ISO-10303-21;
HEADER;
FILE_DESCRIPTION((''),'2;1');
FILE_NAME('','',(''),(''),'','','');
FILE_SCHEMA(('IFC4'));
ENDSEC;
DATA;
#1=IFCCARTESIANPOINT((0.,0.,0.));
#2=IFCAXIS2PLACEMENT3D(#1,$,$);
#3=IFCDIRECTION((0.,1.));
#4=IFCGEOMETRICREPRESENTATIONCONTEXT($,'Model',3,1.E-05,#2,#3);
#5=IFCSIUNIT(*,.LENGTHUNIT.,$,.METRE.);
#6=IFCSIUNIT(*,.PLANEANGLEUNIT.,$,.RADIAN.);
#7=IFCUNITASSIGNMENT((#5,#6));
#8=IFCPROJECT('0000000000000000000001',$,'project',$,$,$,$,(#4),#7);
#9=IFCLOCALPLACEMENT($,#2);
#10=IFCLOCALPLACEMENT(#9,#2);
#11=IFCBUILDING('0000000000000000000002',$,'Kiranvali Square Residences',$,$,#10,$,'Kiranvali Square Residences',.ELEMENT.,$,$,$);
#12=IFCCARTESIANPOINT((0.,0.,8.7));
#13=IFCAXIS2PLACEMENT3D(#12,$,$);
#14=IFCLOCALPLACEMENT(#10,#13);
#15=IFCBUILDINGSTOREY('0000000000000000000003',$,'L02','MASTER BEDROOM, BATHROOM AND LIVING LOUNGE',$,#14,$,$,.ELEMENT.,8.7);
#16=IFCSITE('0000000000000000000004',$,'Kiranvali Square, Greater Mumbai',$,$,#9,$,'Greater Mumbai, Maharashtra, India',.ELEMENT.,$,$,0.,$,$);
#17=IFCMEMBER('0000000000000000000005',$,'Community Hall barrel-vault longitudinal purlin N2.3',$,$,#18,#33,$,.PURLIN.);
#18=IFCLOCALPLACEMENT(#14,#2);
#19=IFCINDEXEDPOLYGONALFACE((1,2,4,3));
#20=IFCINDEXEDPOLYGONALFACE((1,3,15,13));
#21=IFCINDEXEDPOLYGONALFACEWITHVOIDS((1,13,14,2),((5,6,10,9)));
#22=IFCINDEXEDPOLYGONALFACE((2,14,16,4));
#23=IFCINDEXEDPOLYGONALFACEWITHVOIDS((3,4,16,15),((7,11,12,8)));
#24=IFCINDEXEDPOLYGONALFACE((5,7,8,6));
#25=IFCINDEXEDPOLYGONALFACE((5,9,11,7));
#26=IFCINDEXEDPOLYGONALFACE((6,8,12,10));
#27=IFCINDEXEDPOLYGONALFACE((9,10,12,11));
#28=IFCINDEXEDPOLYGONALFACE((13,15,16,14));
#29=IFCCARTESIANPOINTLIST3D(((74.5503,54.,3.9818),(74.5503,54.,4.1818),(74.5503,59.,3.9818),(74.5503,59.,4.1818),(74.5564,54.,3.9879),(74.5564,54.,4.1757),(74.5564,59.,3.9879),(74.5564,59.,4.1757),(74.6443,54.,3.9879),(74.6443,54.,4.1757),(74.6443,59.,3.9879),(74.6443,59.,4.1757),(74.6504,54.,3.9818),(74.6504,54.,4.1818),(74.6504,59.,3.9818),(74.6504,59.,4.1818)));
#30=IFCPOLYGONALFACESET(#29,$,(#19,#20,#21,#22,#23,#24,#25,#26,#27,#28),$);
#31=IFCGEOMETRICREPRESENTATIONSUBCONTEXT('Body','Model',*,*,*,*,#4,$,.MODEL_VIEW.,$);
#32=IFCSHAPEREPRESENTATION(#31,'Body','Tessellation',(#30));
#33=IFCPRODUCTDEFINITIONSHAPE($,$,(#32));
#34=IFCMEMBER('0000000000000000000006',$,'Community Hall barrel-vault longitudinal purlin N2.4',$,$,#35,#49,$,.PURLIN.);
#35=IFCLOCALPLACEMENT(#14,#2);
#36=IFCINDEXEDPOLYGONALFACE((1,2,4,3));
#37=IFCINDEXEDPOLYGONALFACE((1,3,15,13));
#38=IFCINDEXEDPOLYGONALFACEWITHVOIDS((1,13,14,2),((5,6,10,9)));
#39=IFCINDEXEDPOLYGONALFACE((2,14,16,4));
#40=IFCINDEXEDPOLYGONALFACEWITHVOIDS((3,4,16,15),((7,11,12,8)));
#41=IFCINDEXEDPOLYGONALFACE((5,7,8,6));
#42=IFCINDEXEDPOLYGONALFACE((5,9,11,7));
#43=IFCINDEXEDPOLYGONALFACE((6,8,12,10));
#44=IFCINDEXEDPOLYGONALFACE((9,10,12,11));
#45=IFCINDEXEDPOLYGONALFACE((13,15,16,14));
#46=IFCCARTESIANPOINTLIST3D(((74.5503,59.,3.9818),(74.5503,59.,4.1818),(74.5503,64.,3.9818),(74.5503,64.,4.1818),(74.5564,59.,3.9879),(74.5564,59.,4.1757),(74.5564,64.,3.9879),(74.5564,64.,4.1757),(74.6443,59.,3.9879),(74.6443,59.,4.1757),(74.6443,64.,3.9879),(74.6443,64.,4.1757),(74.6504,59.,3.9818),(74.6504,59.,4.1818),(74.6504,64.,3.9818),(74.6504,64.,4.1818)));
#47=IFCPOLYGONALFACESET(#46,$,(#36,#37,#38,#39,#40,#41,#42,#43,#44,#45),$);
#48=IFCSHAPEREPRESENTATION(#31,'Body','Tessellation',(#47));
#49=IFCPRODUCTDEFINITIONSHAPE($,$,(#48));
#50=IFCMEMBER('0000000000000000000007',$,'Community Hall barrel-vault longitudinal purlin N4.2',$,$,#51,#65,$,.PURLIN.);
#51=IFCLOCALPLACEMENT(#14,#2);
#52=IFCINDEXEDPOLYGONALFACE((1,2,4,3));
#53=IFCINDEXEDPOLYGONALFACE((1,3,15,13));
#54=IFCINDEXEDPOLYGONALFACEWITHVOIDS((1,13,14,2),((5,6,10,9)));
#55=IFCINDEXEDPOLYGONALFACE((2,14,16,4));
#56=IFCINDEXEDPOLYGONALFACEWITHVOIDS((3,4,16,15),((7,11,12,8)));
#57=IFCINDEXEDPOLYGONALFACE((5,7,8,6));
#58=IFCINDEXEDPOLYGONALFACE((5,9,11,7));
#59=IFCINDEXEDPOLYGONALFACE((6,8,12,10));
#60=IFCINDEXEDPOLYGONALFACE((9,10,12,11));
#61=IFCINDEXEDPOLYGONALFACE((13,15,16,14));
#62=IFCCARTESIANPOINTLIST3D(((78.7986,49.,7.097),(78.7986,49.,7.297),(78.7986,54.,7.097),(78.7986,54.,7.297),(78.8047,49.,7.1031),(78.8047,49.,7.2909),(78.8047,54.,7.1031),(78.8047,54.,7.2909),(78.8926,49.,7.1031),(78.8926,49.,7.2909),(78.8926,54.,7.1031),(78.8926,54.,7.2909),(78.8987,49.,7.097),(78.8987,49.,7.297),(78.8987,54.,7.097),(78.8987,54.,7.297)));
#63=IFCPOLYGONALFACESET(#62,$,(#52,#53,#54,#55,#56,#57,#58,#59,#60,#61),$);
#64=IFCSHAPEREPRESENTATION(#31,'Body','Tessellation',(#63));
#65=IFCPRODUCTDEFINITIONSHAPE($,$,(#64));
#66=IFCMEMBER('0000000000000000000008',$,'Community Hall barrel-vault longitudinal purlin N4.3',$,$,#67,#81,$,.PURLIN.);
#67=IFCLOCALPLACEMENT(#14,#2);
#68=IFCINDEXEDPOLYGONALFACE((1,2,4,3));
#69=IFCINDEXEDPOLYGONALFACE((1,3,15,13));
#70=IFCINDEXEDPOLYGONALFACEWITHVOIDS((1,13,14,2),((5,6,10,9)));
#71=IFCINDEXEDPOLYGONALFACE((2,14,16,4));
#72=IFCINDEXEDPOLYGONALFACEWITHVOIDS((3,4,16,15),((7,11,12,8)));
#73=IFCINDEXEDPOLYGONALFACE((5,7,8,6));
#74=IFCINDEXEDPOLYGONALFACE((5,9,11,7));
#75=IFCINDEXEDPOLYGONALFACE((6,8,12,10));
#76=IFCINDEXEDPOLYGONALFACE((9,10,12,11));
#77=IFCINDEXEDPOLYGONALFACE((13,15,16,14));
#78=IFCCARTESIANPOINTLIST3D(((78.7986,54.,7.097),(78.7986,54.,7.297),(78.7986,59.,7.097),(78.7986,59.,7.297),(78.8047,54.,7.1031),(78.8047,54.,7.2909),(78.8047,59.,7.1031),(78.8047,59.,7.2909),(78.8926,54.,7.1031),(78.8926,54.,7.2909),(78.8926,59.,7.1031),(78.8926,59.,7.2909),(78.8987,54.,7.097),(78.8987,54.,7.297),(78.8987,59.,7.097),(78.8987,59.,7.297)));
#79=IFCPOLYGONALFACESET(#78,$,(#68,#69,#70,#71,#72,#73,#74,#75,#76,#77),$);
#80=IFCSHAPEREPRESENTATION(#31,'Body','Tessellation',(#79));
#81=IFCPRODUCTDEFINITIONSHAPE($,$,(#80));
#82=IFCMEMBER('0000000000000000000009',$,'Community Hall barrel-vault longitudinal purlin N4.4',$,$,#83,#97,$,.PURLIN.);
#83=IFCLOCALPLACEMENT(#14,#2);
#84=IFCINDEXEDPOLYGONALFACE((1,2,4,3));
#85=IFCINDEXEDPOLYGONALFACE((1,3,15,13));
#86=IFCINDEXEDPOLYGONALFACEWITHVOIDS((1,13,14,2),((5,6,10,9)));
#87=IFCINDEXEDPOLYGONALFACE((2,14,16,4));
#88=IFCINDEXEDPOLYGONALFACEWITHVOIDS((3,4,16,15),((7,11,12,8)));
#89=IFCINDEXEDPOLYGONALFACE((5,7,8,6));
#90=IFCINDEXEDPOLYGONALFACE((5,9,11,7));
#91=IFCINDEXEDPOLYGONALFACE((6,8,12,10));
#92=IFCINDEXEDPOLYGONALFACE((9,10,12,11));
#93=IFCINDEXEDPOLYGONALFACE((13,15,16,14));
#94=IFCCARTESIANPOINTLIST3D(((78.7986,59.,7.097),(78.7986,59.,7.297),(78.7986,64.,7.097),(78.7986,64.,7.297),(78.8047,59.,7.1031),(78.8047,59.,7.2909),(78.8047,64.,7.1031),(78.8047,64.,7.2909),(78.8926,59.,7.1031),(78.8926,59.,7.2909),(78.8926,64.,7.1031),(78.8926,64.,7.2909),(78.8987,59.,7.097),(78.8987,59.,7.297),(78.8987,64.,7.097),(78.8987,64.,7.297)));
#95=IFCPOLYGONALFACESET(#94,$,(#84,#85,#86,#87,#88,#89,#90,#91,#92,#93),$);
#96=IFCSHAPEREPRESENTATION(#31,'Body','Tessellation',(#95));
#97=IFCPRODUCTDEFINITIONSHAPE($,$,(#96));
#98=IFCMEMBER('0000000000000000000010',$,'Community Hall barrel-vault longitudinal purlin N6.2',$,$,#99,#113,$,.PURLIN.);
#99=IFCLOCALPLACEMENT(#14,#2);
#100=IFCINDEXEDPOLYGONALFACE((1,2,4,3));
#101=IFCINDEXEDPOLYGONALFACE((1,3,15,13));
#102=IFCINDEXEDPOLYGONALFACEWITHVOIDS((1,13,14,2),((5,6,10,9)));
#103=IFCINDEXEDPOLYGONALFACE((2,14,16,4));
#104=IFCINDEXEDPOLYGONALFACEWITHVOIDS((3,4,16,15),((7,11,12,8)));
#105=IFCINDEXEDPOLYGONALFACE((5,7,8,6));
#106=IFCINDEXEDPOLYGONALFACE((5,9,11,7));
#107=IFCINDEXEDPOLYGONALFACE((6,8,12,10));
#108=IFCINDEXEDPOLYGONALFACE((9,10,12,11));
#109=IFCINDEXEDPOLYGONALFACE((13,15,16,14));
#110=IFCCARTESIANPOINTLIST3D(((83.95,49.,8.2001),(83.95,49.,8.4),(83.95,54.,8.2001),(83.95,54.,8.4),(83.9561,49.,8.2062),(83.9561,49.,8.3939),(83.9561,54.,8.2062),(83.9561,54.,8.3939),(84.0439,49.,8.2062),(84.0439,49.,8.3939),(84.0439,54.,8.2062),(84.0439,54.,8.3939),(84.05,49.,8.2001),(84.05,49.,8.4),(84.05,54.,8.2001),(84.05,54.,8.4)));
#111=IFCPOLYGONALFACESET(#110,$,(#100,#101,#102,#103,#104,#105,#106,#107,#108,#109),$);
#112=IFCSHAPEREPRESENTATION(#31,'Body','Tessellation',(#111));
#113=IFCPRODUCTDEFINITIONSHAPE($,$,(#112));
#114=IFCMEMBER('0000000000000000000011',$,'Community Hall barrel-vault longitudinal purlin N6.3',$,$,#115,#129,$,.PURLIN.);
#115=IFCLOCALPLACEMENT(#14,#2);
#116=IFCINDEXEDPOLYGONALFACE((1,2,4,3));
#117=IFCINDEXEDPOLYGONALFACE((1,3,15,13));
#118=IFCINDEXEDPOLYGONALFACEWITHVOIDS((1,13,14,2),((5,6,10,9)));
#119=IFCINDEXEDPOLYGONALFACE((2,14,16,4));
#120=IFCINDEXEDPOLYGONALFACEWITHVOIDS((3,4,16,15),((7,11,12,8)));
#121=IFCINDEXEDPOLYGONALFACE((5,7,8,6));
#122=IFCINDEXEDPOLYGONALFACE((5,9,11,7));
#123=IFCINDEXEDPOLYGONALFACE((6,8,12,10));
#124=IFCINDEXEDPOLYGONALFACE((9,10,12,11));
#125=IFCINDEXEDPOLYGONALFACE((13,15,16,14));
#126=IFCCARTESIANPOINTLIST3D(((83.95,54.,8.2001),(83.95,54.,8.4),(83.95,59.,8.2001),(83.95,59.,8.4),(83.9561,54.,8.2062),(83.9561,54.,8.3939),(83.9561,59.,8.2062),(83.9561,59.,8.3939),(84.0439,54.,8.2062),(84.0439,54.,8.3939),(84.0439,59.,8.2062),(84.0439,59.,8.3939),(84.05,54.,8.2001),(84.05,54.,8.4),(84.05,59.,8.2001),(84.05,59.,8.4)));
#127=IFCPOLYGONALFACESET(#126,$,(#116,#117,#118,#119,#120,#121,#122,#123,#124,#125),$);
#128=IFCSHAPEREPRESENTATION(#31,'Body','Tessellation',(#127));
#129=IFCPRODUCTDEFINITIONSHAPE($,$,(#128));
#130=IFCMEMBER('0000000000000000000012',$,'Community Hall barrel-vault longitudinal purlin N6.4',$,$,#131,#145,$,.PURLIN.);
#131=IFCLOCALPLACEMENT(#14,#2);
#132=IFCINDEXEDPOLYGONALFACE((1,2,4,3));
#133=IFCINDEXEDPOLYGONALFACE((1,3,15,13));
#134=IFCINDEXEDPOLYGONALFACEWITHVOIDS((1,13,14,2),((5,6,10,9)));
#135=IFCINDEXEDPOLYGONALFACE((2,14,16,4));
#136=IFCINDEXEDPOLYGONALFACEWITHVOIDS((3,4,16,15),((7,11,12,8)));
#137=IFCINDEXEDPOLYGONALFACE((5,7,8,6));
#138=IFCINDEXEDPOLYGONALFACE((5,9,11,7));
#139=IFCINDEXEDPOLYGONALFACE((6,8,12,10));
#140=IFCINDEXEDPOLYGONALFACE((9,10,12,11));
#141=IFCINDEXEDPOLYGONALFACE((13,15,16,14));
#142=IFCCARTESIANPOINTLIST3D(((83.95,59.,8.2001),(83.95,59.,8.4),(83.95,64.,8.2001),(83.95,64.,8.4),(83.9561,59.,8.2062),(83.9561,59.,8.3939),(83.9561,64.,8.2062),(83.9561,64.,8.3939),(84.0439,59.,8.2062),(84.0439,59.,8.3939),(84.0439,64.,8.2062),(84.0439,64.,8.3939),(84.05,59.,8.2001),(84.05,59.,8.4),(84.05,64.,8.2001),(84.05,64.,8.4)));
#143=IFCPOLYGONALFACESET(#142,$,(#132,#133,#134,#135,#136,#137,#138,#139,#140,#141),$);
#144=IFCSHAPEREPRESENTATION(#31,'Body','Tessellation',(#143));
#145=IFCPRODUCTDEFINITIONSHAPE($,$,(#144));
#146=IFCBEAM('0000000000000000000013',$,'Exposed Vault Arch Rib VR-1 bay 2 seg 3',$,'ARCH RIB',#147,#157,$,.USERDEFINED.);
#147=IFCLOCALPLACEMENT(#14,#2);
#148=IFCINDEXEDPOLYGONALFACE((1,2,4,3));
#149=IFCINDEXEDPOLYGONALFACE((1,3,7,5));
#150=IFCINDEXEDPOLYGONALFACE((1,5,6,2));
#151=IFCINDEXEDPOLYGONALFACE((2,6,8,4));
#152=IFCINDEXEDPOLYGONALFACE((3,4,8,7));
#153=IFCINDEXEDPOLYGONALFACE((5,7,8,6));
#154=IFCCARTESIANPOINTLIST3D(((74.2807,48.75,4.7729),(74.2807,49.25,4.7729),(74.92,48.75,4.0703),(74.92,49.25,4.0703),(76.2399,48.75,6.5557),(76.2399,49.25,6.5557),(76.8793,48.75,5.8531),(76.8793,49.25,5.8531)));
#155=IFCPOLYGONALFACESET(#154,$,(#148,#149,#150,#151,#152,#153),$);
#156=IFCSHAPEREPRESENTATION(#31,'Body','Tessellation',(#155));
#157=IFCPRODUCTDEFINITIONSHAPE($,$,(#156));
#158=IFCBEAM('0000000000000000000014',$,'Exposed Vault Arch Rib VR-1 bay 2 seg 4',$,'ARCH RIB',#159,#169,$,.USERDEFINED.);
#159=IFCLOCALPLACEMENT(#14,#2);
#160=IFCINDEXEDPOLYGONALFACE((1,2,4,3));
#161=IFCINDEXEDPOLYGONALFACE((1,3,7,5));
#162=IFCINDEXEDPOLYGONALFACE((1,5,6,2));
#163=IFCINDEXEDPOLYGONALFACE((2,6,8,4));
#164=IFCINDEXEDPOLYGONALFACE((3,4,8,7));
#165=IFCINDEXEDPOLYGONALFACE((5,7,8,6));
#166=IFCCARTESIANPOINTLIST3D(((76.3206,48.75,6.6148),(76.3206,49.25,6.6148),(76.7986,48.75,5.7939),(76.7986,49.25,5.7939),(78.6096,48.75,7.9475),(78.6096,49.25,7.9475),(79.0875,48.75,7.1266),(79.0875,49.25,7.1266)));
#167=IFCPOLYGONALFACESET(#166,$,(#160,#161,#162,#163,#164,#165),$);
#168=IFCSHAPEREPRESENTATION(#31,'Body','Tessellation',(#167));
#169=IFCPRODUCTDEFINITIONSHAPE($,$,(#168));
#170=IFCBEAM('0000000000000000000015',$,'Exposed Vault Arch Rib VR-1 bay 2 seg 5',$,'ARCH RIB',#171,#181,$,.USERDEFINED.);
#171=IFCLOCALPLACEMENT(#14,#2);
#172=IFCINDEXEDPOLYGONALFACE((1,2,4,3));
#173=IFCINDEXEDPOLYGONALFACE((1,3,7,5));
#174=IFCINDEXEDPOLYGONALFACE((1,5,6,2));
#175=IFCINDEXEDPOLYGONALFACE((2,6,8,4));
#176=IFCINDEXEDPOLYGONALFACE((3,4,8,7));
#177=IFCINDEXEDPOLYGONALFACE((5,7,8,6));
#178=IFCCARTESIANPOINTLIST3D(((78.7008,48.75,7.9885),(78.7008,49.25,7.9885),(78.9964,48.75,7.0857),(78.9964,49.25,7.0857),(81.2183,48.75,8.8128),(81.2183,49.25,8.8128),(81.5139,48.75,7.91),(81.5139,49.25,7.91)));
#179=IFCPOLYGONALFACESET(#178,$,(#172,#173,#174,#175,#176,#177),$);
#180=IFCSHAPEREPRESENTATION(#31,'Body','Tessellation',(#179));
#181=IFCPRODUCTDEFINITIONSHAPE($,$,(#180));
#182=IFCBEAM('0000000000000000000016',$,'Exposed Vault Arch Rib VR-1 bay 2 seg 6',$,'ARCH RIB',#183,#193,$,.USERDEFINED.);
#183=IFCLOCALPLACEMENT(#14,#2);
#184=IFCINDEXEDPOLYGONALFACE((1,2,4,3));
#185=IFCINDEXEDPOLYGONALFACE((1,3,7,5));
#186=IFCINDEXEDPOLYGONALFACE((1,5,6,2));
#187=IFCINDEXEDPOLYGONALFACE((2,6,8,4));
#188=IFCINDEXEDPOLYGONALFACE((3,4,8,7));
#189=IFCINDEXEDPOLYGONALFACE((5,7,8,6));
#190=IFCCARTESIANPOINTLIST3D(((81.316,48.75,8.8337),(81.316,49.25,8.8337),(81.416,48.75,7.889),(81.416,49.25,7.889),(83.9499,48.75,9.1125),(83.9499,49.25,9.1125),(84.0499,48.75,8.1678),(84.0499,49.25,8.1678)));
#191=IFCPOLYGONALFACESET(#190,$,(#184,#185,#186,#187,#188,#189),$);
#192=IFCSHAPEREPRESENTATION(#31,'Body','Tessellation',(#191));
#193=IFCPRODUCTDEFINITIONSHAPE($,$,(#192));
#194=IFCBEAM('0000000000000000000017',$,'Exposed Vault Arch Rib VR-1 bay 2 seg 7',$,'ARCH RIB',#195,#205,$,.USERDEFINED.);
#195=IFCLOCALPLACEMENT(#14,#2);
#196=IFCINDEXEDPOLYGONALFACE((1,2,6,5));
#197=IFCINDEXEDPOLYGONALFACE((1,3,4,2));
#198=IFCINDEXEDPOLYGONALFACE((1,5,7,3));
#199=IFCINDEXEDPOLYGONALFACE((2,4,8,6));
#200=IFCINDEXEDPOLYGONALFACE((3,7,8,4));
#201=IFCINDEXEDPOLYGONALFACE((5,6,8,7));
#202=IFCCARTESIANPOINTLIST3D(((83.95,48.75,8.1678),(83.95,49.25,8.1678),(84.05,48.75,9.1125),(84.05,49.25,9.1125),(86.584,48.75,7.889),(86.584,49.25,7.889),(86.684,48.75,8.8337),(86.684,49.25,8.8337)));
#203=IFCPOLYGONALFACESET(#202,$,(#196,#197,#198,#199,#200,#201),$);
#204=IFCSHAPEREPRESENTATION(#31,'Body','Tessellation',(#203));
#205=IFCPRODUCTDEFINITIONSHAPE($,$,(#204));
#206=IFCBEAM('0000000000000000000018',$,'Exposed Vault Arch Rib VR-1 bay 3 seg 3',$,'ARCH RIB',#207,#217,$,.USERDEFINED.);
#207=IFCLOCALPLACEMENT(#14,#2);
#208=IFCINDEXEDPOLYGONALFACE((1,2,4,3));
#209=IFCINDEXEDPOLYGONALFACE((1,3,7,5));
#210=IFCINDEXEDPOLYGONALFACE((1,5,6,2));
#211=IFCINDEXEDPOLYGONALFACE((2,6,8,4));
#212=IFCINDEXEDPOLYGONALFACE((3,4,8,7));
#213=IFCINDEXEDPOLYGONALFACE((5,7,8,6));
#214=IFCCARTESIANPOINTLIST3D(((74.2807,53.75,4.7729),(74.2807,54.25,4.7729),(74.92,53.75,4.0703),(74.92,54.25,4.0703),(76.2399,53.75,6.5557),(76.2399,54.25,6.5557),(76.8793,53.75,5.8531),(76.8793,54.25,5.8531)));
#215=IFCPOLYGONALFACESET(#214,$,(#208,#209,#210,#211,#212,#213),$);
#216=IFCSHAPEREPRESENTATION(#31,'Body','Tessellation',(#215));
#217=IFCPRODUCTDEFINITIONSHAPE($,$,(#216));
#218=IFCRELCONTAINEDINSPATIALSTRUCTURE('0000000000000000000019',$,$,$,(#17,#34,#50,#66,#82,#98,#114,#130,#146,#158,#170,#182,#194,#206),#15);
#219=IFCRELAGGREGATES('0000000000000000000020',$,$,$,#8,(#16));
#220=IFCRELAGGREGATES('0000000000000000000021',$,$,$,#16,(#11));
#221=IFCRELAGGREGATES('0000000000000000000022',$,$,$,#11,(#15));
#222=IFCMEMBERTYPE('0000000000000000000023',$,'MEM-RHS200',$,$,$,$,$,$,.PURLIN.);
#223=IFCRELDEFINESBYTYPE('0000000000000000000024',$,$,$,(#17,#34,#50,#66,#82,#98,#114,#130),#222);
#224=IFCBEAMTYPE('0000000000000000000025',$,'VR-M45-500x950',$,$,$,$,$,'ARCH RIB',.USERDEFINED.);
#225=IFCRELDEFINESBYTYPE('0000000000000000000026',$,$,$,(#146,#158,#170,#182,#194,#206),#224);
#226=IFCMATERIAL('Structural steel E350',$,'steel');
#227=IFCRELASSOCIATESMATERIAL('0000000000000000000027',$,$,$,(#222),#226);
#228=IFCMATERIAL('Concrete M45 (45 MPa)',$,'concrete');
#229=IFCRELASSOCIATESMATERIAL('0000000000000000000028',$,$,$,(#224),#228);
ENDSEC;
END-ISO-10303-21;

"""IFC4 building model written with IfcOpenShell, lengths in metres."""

from ifc_helpers import new_model, si_unit, direction, frame, origin, origin_2d, place, context, subcontext, project, spatial, rectangle, hollow_rectangle, extrude, material, material_profile, profile_set, type_object, element, save


model = new_model("IFC4")

# Units and contexts
model_context = context("Model", 3, precision=1e-05, world=origin(), true_north=direction((0.0, 1.0)))
body_context = subcontext(model_context, "Body", "Model", "MODEL_VIEW")
ifc_project = project(units=[si_unit("LENGTHUNIT", "METRE"), si_unit("PLANEANGLEUNIT", "RADIAN")], contexts=[model_context])

# Site, building, storey
site_placement = place(None, origin())
site = spatial("IfcSite", under=ifc_project, at=site_placement, Name="Kiranvali Square, Greater Mumbai", LongName="Greater Mumbai, Maharashtra, India", CompositionType="ELEMENT", RefElevation=0.0)
building_placement = place(site_placement, origin())
building = spatial("IfcBuilding", under=site, at=building_placement, Name="Kiranvali Square Residences", LongName="Kiranvali Square Residences", CompositionType="ELEMENT")
storey_placement = place(building_placement, frame((0.0, 0.0, 8.7)))
storey = spatial("IfcBuildingStorey", under=building, at=storey_placement, Name="L02", Description="MASTER BEDROOM, BATHROOM AND LIVING LOUNGE", CompositionType="ELEMENT", Elevation=8.7)

# Members
ifc_material_1 = material(Name="Structural steel E350", Category="steel")
ifc_material_profile_1 = material_profile(ifc_material_1, hollow_rectangle(XDim=0.1001, YDim=0.2, WallThickness=0.0061, at=origin_2d()), Name="RHS 200x100x6.0")
ifc_profile_set_1 = profile_set([ifc_material_profile_1], Name="Structural steel E350")
member_type = type_object("IfcMemberType", Name="MEM-RHS200", PredefinedType="PURLIN", material=ifc_profile_set_1)
for number, where, z_axis, x_axis, name in (
    (1, (74.6003, 54.0, 4.0818), (0.0, 1.0, 0.0), (-1.0, 0.0, 0.0), "Community Hall barrel-vault longitudinal purlin N2.3"),
    (2, (74.6003, 59.0, 4.0818), (0.0, 1.0, 0.0), (-1.0, 0.0, 0.0), "Community Hall barrel-vault longitudinal purlin N2.4"),
    (3, (78.8486, 49.0, 7.197), (0.0, 1.0, 0.0), (-1.0, 0.0, 0.0), "Community Hall barrel-vault longitudinal purlin N4.2"),
    (4, (78.8486, 54.0, 7.197), (0.0, 1.0, 0.0), (-1.0, 0.0, 0.0), "Community Hall barrel-vault longitudinal purlin N4.3"),
    (5, (78.8486, 59.0, 7.197), (0.0, 1.0, 0.0), (-1.0, 0.0, 0.0), "Community Hall barrel-vault longitudinal purlin N4.4"),
    (6, (84.0, 49.0, 8.3), (0.0, 1.0, 0.0), (-1.0, 0.0, 0.0), "Community Hall barrel-vault longitudinal purlin N6.2"),
    (7, (84.0, 54.0, 8.3), (0.0, 1.0, 0.0), (-1.0, 0.0, 0.0), "Community Hall barrel-vault longitudinal purlin N6.3"),
    (8, (84.0, 59.0, 8.3), (0.0, 1.0, 0.0), (-1.0, 0.0, 0.0), "Community Hall barrel-vault longitudinal purlin N6.4"),
):
    element("IfcMember", number, at=place(storey_placement, frame(where, z_axis=z_axis, x_axis=x_axis)), inside=storey, type_object=member_type, Name=name, PredefinedType="PURLIN", context=body_context, shape_type="SweptSolid", body=[
        extrude(hollow_rectangle(XDim=0.1001, YDim=0.2, WallThickness=0.0061, at=origin_2d()), origin(), (0.0, 0.0, 1.0), 5.0),
    ])

# Beams
ifc_material_2 = material(Name="Concrete M45 (45 MPa)", Category="concrete")
ifc_material_profile_2 = material_profile(ifc_material_2, rectangle(XDim=0.5, YDim=0.95, at=origin_2d()), Name="RC 500x950")
ifc_profile_set_2 = profile_set([ifc_material_profile_2], Name="Concrete M45 (45 MPa)")
beam_type = type_object("IfcBeamType", Name="VR-M45-500x950", ElementType="ARCH RIB", PredefinedType="USERDEFINED", material=ifc_profile_set_2)
beam_1_placement = place(storey_placement, frame((74.6003, 49.0, 4.4216), z_axis=(0.73964, 0.0, 0.673003), x_axis=(0.0, 1.0, 0.0)))
element("IfcBeam", 9, at=beam_1_placement, inside=storey, type_object=beam_type, Name="Exposed Vault Arch Rib VR-1 bay 2 seg 3", ObjectType="ARCH RIB", PredefinedType="USERDEFINED", context=body_context, shape_type="SweptSolid", body=[
    extrude(rectangle(XDim=0.5, YDim=0.95, at=origin_2d()), origin(), (0.0, 0.0, 1.0), 2.6489),
])
beam_2_placement = place(storey_placement, frame((76.5596, 49.0, 6.2043), z_axis=(0.864193, 0.0, 0.50316), x_axis=(0.0, 1.0, 0.0)))
element("IfcBeam", 10, at=beam_2_placement, inside=storey, type_object=beam_type, Name="Exposed Vault Arch Rib VR-1 bay 2 seg 4", ObjectType="ARCH RIB", PredefinedType="USERDEFINED", context=body_context, shape_type="SweptSolid", body=[
    extrude(rectangle(XDim=0.5, YDim=0.95, at=origin_2d()), origin(), (0.0, 0.0, 1.0), 2.6487),
])
beam_3_placement = place(storey_placement, frame((78.8486, 49.0, 7.5371), z_axis=(0.950356, 0.0, 0.311163), x_axis=(0.0, 1.0, 0.0)))
element("IfcBeam", 11, at=beam_3_placement, inside=storey, type_object=beam_type, Name="Exposed Vault Arch Rib VR-1 bay 2 seg 5", ObjectType="ARCH RIB", PredefinedType="USERDEFINED", context=body_context, shape_type="SweptSolid", body=[
    extrude(rectangle(XDim=0.5, YDim=0.95, at=origin_2d()), origin(), (0.0, 0.0, 1.0), 2.6489),
])
for number, where, z_axis, x_axis, name in (
    (12, (81.366, 49.0, 8.3613), (0.994445, 0.0, 0.105261), (0.0, 1.0, 0.0), "Exposed Vault Arch Rib VR-1 bay 2 seg 6"),
    (13, (84.0, 49.0, 8.6401), (0.994445, 0.0, -0.105261), (0.0, 1.0, 0.0), "Exposed Vault Arch Rib VR-1 bay 2 seg 7"),
):
    element("IfcBeam", number, at=place(storey_placement, frame(where, z_axis=z_axis, x_axis=x_axis)), inside=storey, type_object=beam_type, Name=name, ObjectType="ARCH RIB", PredefinedType="USERDEFINED", context=body_context, shape_type="SweptSolid", body=[
        extrude(rectangle(XDim=0.5, YDim=0.95, at=origin_2d()), origin(), (0.0, 0.0, 1.0), 2.6487),
    ])
beam_4_placement = place(storey_placement, frame((74.6003, 54.0, 4.4216), z_axis=(0.73964, 0.0, 0.673003), x_axis=(0.0, 1.0, 0.0)))
element("IfcBeam", 14, at=beam_4_placement, inside=storey, type_object=beam_type, Name="Exposed Vault Arch Rib VR-1 bay 3 seg 3", ObjectType="ARCH RIB", PredefinedType="USERDEFINED", context=body_context, shape_type="SweptSolid", body=[
    extrude(rectangle(XDim=0.5, YDim=0.95, at=origin_2d()), origin(), (0.0, 0.0, 1.0), 2.6489),
])

save(model, "model.ifc")
